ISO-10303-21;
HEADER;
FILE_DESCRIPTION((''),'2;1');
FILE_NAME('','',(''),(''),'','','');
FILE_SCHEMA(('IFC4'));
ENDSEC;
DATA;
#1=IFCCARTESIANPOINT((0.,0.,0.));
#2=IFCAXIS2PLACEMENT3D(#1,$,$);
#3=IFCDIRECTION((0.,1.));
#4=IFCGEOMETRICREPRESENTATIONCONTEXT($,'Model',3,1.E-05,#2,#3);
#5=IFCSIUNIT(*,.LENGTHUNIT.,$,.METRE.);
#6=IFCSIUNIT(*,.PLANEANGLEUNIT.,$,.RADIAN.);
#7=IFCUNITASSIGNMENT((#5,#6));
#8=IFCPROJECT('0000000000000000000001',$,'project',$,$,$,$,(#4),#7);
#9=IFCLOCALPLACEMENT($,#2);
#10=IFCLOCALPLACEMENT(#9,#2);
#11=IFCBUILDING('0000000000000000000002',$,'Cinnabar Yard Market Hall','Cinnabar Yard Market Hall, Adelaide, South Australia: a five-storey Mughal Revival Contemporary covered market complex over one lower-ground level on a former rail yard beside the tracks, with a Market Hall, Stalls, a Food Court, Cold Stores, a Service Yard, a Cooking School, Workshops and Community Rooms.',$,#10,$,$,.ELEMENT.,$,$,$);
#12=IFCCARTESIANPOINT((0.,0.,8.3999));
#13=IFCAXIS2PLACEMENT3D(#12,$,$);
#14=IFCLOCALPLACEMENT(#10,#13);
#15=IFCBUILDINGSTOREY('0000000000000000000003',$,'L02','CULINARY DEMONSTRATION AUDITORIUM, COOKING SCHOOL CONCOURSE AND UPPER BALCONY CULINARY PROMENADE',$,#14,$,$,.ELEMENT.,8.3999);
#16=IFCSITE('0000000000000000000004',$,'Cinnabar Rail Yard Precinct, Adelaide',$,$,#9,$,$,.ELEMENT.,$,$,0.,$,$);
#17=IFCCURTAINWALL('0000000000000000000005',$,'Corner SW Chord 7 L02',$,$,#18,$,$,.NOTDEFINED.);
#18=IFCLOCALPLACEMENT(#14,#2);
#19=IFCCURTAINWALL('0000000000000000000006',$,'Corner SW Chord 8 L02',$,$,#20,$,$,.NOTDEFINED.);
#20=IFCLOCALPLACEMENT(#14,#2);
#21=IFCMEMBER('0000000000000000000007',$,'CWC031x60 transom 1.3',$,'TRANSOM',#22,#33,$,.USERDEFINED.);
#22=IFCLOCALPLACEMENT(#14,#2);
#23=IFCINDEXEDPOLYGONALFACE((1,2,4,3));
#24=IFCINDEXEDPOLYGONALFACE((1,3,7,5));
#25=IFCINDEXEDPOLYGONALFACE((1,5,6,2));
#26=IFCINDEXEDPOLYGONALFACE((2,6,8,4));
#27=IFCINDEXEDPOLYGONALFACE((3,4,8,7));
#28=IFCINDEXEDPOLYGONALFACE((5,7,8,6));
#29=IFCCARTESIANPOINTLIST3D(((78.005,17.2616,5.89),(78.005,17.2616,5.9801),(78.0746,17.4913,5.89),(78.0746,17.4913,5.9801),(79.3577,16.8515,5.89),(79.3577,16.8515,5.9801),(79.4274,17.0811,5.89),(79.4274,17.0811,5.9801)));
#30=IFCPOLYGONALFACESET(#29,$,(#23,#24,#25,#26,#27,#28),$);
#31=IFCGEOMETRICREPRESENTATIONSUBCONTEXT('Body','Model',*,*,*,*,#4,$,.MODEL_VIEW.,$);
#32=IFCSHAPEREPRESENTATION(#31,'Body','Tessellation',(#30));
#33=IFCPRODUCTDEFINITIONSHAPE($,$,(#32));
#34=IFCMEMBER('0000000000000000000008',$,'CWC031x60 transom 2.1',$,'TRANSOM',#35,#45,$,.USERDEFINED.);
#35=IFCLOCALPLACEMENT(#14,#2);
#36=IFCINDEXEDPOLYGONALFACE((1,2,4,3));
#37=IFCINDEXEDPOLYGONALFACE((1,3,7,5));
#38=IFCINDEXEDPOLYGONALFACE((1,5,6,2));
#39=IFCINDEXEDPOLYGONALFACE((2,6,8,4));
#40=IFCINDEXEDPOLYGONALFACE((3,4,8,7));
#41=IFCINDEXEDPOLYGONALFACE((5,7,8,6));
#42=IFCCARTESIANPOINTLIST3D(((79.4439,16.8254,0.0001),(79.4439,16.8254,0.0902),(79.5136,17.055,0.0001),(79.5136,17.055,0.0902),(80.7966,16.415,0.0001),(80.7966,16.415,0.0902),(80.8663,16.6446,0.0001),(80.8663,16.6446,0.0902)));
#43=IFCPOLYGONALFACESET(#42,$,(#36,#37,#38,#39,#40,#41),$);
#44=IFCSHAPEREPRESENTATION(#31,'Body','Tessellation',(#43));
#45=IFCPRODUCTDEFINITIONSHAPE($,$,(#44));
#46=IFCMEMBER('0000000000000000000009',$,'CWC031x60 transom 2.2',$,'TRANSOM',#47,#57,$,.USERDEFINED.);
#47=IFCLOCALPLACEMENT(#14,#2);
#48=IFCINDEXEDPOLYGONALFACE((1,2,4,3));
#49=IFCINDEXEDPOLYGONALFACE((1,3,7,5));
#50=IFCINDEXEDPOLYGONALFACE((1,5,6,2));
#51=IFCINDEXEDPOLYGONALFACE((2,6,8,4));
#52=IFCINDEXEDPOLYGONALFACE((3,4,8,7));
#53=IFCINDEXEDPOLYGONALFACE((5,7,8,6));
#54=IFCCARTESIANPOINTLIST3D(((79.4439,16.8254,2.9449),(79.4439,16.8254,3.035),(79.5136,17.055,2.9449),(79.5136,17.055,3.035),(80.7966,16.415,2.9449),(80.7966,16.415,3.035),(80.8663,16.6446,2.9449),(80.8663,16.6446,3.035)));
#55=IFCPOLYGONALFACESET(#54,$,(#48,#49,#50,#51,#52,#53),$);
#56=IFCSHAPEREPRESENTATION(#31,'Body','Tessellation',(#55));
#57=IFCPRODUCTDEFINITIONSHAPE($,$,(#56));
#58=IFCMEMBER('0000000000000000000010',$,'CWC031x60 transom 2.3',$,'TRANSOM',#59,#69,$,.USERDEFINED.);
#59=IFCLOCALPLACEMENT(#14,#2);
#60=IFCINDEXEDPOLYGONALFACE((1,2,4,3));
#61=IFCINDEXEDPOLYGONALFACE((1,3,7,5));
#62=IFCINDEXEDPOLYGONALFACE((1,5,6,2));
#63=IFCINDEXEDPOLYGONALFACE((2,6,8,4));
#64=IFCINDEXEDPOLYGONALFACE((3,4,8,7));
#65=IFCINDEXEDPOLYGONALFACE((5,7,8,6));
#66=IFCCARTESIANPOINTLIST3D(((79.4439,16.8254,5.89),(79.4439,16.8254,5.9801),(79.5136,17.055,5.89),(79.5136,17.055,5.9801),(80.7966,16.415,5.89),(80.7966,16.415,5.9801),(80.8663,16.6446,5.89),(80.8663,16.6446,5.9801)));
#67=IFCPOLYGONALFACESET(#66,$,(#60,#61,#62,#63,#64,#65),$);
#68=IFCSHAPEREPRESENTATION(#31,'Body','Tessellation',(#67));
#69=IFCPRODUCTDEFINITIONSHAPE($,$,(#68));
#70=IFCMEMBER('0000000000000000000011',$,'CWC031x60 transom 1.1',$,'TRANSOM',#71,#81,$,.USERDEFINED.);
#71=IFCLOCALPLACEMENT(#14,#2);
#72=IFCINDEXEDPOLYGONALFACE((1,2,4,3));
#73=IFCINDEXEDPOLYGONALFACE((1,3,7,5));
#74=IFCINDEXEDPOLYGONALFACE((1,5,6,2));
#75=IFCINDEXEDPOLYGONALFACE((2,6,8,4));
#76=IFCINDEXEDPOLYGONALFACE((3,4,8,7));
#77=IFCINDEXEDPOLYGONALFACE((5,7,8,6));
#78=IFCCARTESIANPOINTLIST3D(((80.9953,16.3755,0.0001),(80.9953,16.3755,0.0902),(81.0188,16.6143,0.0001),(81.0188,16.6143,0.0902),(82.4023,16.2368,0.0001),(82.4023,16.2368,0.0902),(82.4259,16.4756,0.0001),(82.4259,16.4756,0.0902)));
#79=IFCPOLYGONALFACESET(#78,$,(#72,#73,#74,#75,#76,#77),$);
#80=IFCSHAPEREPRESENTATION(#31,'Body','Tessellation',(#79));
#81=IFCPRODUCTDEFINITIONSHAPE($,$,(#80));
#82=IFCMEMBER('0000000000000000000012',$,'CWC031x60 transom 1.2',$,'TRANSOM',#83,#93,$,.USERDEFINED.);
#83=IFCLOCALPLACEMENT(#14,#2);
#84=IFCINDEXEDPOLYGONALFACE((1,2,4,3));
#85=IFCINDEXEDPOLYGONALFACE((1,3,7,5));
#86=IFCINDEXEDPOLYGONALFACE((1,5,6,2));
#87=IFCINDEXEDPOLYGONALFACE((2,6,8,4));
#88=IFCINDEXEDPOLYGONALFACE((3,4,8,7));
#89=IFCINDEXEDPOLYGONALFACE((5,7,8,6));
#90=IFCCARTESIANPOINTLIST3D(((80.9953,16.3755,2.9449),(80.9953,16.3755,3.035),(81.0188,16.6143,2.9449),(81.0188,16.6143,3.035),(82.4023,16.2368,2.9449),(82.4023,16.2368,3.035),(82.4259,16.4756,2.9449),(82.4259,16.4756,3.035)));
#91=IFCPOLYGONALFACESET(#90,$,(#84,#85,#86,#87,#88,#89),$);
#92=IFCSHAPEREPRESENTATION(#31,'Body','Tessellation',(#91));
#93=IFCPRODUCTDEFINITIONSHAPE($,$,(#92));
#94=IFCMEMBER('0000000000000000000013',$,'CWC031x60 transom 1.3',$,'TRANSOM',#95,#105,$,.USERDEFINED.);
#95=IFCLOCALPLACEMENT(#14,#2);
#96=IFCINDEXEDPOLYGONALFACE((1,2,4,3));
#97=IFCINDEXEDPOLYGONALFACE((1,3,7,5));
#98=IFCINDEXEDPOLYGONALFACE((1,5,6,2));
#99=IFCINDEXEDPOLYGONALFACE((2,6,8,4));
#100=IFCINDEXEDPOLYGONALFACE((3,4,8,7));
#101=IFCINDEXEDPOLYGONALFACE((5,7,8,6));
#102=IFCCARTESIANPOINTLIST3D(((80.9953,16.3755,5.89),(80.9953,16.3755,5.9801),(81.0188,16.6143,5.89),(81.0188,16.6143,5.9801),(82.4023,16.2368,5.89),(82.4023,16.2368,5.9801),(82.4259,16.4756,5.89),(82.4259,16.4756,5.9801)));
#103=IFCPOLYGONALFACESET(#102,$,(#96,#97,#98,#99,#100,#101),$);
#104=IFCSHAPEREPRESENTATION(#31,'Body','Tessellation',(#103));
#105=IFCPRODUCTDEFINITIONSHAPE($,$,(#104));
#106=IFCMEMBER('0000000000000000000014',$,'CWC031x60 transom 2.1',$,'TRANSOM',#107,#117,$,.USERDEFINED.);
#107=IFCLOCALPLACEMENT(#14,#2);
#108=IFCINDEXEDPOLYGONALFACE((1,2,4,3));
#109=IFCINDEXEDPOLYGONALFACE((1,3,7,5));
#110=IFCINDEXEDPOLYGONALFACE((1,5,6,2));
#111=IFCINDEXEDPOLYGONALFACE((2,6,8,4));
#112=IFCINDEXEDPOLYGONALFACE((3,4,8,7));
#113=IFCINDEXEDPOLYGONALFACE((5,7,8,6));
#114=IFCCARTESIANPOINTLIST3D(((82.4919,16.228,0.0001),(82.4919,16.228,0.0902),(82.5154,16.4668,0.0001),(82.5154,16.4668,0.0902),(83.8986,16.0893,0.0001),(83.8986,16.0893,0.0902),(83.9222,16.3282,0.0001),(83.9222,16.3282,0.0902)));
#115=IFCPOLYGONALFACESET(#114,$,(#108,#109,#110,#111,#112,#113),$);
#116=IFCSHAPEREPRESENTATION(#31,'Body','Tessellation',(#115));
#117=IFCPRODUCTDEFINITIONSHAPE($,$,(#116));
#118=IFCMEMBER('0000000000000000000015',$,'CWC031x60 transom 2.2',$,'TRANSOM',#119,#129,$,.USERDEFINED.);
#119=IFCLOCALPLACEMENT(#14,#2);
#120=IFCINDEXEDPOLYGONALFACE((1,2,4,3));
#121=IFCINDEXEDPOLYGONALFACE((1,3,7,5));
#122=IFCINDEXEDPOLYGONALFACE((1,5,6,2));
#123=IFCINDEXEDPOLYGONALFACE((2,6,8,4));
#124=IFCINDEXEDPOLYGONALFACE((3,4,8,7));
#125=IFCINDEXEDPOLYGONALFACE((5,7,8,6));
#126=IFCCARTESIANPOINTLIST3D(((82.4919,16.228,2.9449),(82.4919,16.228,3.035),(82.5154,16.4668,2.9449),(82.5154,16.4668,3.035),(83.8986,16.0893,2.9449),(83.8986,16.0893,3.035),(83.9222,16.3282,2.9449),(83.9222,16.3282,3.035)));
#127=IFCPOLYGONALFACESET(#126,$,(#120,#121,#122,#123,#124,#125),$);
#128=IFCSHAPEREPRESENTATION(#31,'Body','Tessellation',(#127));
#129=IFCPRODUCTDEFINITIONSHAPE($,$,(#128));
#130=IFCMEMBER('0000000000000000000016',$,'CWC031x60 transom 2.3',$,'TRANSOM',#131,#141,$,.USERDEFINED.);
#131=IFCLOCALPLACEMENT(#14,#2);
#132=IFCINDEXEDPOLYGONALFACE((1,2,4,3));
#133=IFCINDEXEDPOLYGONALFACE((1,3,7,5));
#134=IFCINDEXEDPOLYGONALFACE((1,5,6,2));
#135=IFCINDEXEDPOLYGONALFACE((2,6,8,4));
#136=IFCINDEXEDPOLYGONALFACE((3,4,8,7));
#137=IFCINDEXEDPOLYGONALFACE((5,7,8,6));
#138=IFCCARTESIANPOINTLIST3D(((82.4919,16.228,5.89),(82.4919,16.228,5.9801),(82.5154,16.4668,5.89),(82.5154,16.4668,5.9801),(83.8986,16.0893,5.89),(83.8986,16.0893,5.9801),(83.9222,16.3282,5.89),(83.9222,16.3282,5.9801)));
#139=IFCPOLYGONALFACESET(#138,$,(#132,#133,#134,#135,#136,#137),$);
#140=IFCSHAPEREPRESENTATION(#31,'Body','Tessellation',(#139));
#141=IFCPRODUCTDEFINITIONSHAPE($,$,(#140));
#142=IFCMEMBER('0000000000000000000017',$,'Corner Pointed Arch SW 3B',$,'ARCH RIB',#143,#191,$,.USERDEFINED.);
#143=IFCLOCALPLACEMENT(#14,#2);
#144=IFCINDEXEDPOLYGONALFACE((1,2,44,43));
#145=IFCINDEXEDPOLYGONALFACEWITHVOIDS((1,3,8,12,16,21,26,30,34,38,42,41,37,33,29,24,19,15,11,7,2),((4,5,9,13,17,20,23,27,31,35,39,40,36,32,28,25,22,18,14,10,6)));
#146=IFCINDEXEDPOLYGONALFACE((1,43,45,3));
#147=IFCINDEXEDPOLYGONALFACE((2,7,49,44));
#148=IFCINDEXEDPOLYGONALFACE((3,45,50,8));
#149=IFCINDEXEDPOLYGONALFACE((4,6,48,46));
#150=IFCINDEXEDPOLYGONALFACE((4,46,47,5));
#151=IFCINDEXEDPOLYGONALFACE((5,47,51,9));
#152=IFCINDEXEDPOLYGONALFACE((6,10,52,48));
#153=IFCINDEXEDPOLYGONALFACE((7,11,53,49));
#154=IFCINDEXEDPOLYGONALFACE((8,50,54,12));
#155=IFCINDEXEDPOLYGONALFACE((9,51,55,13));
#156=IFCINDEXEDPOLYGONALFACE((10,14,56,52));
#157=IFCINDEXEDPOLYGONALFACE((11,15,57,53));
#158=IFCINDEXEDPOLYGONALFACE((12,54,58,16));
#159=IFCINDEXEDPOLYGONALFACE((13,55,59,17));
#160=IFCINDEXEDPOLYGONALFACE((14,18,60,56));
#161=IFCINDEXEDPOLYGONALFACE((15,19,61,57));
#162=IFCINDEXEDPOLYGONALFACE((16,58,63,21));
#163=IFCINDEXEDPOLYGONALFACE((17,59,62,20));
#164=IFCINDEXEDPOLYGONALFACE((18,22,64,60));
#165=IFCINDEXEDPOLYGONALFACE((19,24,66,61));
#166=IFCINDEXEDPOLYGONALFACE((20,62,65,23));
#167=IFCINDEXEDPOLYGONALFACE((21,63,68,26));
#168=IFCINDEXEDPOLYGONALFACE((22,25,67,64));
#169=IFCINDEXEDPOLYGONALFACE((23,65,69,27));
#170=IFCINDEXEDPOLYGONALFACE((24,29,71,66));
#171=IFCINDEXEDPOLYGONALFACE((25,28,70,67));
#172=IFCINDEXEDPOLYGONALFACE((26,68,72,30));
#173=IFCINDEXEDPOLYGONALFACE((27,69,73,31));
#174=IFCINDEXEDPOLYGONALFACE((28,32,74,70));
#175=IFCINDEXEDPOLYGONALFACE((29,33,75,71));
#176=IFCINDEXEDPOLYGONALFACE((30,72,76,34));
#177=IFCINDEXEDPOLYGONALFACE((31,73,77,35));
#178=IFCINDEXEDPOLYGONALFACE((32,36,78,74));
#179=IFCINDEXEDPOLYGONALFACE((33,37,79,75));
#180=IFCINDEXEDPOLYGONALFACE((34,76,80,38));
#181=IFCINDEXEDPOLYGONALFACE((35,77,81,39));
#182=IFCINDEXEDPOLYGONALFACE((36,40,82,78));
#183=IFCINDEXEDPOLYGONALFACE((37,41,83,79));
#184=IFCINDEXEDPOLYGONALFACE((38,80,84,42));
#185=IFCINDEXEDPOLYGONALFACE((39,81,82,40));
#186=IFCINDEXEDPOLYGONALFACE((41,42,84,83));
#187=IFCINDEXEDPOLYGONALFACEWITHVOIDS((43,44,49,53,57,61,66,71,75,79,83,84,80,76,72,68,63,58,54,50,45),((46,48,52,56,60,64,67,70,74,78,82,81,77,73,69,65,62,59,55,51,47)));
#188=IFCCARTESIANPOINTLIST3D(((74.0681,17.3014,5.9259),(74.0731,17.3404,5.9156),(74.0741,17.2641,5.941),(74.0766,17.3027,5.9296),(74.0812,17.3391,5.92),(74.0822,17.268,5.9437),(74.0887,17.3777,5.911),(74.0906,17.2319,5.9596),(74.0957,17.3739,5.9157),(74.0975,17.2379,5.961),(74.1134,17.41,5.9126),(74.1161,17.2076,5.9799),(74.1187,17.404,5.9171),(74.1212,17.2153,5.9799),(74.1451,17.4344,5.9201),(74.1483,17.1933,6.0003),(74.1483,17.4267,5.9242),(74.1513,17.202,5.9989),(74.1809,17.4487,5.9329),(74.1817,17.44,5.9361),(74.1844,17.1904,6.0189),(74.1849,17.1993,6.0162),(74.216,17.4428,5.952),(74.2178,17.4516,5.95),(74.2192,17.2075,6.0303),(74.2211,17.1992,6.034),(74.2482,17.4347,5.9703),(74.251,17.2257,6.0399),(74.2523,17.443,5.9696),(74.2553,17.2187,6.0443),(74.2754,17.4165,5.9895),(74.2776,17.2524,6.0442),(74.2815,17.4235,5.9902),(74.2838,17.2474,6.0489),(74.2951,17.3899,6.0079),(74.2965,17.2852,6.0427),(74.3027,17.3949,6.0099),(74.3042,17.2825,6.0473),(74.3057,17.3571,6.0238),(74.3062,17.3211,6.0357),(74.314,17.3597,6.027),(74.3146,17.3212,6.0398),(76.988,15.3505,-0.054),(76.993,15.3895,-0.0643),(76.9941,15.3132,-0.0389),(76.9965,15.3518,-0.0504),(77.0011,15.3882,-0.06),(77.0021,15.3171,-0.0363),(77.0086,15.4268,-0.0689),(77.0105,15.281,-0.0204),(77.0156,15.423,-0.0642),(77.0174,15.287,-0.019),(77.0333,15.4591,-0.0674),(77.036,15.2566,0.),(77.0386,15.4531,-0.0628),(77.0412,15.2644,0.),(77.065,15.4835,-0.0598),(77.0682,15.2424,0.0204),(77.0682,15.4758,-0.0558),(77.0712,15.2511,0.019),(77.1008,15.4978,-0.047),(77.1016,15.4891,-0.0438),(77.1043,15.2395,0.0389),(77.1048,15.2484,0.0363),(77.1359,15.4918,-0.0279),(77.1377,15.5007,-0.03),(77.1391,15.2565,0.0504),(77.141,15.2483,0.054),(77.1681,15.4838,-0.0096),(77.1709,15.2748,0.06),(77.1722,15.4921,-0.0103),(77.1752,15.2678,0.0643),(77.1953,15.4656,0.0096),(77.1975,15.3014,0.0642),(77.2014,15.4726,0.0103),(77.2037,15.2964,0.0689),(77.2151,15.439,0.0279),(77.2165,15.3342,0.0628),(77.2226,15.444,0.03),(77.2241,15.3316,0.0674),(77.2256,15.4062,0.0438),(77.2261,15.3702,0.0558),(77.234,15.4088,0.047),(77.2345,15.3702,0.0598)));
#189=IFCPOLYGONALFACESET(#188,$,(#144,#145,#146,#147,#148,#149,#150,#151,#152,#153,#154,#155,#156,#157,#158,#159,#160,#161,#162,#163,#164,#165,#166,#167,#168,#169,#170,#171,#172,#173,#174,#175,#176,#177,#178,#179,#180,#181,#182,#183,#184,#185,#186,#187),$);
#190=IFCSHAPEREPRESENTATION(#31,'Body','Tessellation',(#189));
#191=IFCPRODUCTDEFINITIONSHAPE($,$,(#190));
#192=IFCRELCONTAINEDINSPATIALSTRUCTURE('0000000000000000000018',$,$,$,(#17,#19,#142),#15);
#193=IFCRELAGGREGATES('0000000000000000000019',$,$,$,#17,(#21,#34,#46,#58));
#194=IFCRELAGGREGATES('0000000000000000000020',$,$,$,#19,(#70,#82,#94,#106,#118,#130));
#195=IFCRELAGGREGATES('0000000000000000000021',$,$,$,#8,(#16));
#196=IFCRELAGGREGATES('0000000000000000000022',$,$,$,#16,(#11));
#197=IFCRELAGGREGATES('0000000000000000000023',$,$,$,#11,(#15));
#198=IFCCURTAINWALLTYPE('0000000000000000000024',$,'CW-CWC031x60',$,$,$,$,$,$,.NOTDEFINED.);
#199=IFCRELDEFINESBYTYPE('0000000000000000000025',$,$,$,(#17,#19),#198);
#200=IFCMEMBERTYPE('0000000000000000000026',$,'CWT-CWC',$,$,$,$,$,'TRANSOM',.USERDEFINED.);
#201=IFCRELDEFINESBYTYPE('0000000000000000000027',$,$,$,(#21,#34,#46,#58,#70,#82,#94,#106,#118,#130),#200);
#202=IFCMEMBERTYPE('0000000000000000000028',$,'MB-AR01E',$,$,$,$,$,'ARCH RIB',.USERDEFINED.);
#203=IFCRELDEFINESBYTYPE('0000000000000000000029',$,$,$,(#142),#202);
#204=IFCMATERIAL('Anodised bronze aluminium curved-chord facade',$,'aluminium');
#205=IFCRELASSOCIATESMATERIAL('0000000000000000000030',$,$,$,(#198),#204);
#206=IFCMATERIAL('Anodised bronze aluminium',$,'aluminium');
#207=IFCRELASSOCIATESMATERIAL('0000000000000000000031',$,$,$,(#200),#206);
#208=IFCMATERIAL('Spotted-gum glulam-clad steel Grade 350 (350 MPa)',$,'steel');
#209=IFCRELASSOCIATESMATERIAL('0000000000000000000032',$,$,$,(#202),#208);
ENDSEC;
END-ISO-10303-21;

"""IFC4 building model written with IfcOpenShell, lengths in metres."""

from ifc_helpers import new_model, si_unit, direction, frame, origin, origin_2d_with_axis, place, context, subcontext, project, spatial, rectangle, hollow_circle, extrude, material, material_profile, profile_set, type_object, element, aggregate, save


model = new_model("IFC4")

# Units and contexts
model_context = context("Model", 3, precision=1e-05, world=origin(), true_north=direction((0.0, 1.0)))
body_context = subcontext(model_context, "Body", "Model", "MODEL_VIEW")
ifc_project = project(units=[si_unit("LENGTHUNIT", "METRE"), si_unit("PLANEANGLEUNIT", "RADIAN")], contexts=[model_context])

# Site, building, storey
site_placement = place(None, origin())
site = spatial("IfcSite", under=ifc_project, at=site_placement, Name="Cinnabar Rail Yard Precinct, Adelaide", CompositionType="ELEMENT", RefElevation=0.0)
building_placement = place(site_placement, origin())
building = spatial("IfcBuilding", under=site, at=building_placement, Name="Cinnabar Yard Market Hall", Description="Cinnabar Yard Market Hall, Adelaide, South Australia: a five-storey Mughal Revival Contemporary covered market complex over one lower-ground level on a former rail yard beside the tracks, with a Market Hall, Stalls, a Food Court, Cold Stores, a Service Yard, a Cooking School, Workshops and Community Rooms.", CompositionType="ELEMENT")
storey_placement = place(building_placement, frame((0.0, 0.0, 8.3999)))
storey = spatial("IfcBuildingStorey", under=building, at=storey_placement, Name="L02", Description="CULINARY DEMONSTRATION AUDITORIUM, COOKING SCHOOL CONCOURSE AND UPPER BALCONY CULINARY PROMENADE", CompositionType="ELEMENT", Elevation=8.3999)

# Shared definitions
ifc_material_1 = material(Name="Spotted-gum glulam-clad steel Grade 350 (350 MPa)", Category="steel")

# Shared definitions
ifc_material_2 = material(Name="Anodised bronze aluminium curved-chord facade", Category="aluminium")
curtain_wall_type = type_object("IfcCurtainWallType", Name="CW-CWC031x60", PredefinedType="NOTDEFINED", material=ifc_material_2)
ifc_material_3 = material(Name="Anodised bronze aluminium", Category="aluminium")

# Curtain walls
curtain_wall_1_placement = place(storey_placement, origin())
curtain_wall_1 = element("IfcCurtainWall", 1, at=curtain_wall_1_placement, inside=storey, type_object=curtain_wall_type, Name="Corner SW Chord 7 L02", PredefinedType="NOTDEFINED")
curtain_wall_2_placement = place(storey_placement, origin())
curtain_wall_2 = element("IfcCurtainWall", 2, at=curtain_wall_2_placement, inside=storey, type_object=curtain_wall_type, Name="Corner SW Chord 8 L02", PredefinedType="NOTDEFINED")

# Members
ifc_material_profile_1 = material_profile(ifc_material_3, rectangle(XDim=0.24, YDim=0.0901, at=origin_2d_with_axis()), Name="TRN-CWC")
ifc_profile_set_1 = profile_set([ifc_material_profile_1], Name="Anodised bronze aluminium")
member_type_1 = type_object("IfcMemberType", Name="CWT-CWC", ElementType="TRANSOM", PredefinedType="USERDEFINED", material=ifc_profile_set_1)
member_1_placement = place(storey_placement, frame((78.0398, 17.3765, 5.9351), z_axis=(0.956981, -0.290151, 0.0), x_axis=(0.290151, 0.956981, 0.0)))
member_1 = element("IfcMember", 3, at=member_1_placement, type_object=member_type_1, Name="CWC031x60 transom 1.3", ObjectType="TRANSOM", PredefinedType="USERDEFINED", context=body_context, shape_type="SweptSolid", body=[
    extrude(rectangle(XDim=0.24, YDim=0.0901, at=origin_2d_with_axis()), origin(), (0.0, 0.0, 1.0), 1.4136),
])
member_2_placement = place(storey_placement, frame((79.4788, 16.9402, 0.0452), z_axis=(0.956933, -0.290309, 0.0), x_axis=(0.290309, 0.956933, 0.0)))
member_2 = element("IfcMember", 4, at=member_2_placement, type_object=member_type_1, Name="CWC031x60 transom 2.1", ObjectType="TRANSOM", PredefinedType="USERDEFINED", context=body_context, shape_type="SweptSolid", body=[
    extrude(rectangle(XDim=0.24, YDim=0.0901, at=origin_2d_with_axis()), origin(), (0.0, 0.0, 1.0), 1.4136),
])
member_3_placement = place(storey_placement, frame((79.4788, 16.9402, 2.99), z_axis=(0.956933, -0.290309, 0.0), x_axis=(0.290309, 0.956933, 0.0)))
member_3 = element("IfcMember", 5, at=member_3_placement, type_object=member_type_1, Name="CWC031x60 transom 2.2", ObjectType="TRANSOM", PredefinedType="USERDEFINED", context=body_context, shape_type="SweptSolid", body=[
    extrude(rectangle(XDim=0.24, YDim=0.0901, at=origin_2d_with_axis()), origin(), (0.0, 0.0, 1.0), 1.4136),
])
member_4_placement = place(storey_placement, frame((79.4788, 16.9402, 5.9351), z_axis=(0.956933, -0.290309, 0.0), x_axis=(0.290309, 0.956933, 0.0)))
member_4 = element("IfcMember", 6, at=member_4_placement, type_object=member_type_1, Name="CWC031x60 transom 2.3", ObjectType="TRANSOM", PredefinedType="USERDEFINED", context=body_context, shape_type="SweptSolid", body=[
    extrude(rectangle(XDim=0.24, YDim=0.0901, at=origin_2d_with_axis()), origin(), (0.0, 0.0, 1.0), 1.4136),
])
member_5_placement = place(storey_placement, frame((81.0071, 16.4949, 0.0452), z_axis=(0.995178, -0.098085, 0.0), x_axis=(0.098085, 0.995178, 0.0)))
member_5 = element("IfcMember", 7, at=member_5_placement, type_object=member_type_1, Name="CWC031x60 transom 1.1", ObjectType="TRANSOM", PredefinedType="USERDEFINED", context=body_context, shape_type="SweptSolid", body=[
    extrude(rectangle(XDim=0.24, YDim=0.0901, at=origin_2d_with_axis()), origin(), (0.0, 0.0, 1.0), 1.4138),
])
member_6_placement = place(storey_placement, frame((81.0071, 16.4949, 2.99), z_axis=(0.995178, -0.098085, 0.0), x_axis=(0.098085, 0.995178, 0.0)))
member_6 = element("IfcMember", 8, at=member_6_placement, type_object=member_type_1, Name="CWC031x60 transom 1.2", ObjectType="TRANSOM", PredefinedType="USERDEFINED", context=body_context, shape_type="SweptSolid", body=[
    extrude(rectangle(XDim=0.24, YDim=0.0901, at=origin_2d_with_axis()), origin(), (0.0, 0.0, 1.0), 1.4138),
])
member_7_placement = place(storey_placement, frame((81.0071, 16.4949, 5.9351), z_axis=(0.995178, -0.098085, 0.0), x_axis=(0.098085, 0.995178, 0.0)))
member_7 = element("IfcMember", 9, at=member_7_placement, type_object=member_type_1, Name="CWC031x60 transom 1.3", ObjectType="TRANSOM", PredefinedType="USERDEFINED", context=body_context, shape_type="SweptSolid", body=[
    extrude(rectangle(XDim=0.24, YDim=0.0901, at=origin_2d_with_axis()), origin(), (0.0, 0.0, 1.0), 1.4138),
])
member_8_placement = place(storey_placement, frame((82.5037, 16.3474, 0.0452), z_axis=(0.995176, -0.098101, 0.0), x_axis=(0.098101, 0.995176, 0.0)))
member_8 = element("IfcMember", 10, at=member_8_placement, type_object=member_type_1, Name="CWC031x60 transom 2.1", ObjectType="TRANSOM", PredefinedType="USERDEFINED", context=body_context, shape_type="SweptSolid", body=[
    extrude(rectangle(XDim=0.24, YDim=0.0901, at=origin_2d_with_axis()), origin(), (0.0, 0.0, 1.0), 1.4136),
])
member_9_placement = place(storey_placement, frame((82.5037, 16.3474, 2.99), z_axis=(0.995176, -0.098101, 0.0), x_axis=(0.098101, 0.995176, 0.0)))
member_9 = element("IfcMember", 11, at=member_9_placement, type_object=member_type_1, Name="CWC031x60 transom 2.2", ObjectType="TRANSOM", PredefinedType="USERDEFINED", context=body_context, shape_type="SweptSolid", body=[
    extrude(rectangle(XDim=0.24, YDim=0.0901, at=origin_2d_with_axis()), origin(), (0.0, 0.0, 1.0), 1.4136),
])
member_10_placement = place(storey_placement, frame((82.5037, 16.3474, 5.9351), z_axis=(0.995176, -0.098101, 0.0), x_axis=(0.098101, 0.995176, 0.0)))
member_10 = element("IfcMember", 12, at=member_10_placement, type_object=member_type_1, Name="CWC031x60 transom 2.3", ObjectType="TRANSOM", PredefinedType="USERDEFINED", context=body_context, shape_type="SweptSolid", body=[
    extrude(rectangle(XDim=0.24, YDim=0.0901, at=origin_2d_with_axis()), origin(), (0.0, 0.0, 1.0), 1.4136),
])

# Member
ifc_material_profile_2 = material_profile(ifc_material_1, hollow_circle(Radius=0.1365, WallThickness=0.0093, at=origin_2d_with_axis()), Name="273.1x9.3CHS")
ifc_profile_set_2 = profile_set([ifc_material_profile_2], Name="Spotted-gum glulam-clad steel Grade 350 (350 MPa)")
member_type_2 = type_object("IfcMemberType", Name="MB-AR01E", ElementType="ARCH RIB", PredefinedType="USERDEFINED", material=ifc_profile_set_2)
member_11_placement = place(storey_placement, frame((77.1118, 15.3701, 0.0), z_axis=(-0.42105, 0.281322, 0.862308), x_axis=(-0.55555, -0.831483, 0.0)))
element("IfcMember", 13, at=member_11_placement, inside=storey, type_object=member_type_2, Name="Corner Pointed Arch SW 3B", ObjectType="ARCH RIB", PredefinedType="USERDEFINED", context=body_context, shape_type="SweptSolid", body=[
    extrude(hollow_circle(Radius=0.1365, WallThickness=0.0093, at=origin_2d_with_axis()), origin(), (0.0, 0.0, 1.0), 6.9348),
])

aggregate(curtain_wall_1, [member_1, member_2, member_3, member_4])
aggregate(curtain_wall_2, [member_5, member_6, member_7, member_8, member_9, member_10])

save(model, "model.ifc")
